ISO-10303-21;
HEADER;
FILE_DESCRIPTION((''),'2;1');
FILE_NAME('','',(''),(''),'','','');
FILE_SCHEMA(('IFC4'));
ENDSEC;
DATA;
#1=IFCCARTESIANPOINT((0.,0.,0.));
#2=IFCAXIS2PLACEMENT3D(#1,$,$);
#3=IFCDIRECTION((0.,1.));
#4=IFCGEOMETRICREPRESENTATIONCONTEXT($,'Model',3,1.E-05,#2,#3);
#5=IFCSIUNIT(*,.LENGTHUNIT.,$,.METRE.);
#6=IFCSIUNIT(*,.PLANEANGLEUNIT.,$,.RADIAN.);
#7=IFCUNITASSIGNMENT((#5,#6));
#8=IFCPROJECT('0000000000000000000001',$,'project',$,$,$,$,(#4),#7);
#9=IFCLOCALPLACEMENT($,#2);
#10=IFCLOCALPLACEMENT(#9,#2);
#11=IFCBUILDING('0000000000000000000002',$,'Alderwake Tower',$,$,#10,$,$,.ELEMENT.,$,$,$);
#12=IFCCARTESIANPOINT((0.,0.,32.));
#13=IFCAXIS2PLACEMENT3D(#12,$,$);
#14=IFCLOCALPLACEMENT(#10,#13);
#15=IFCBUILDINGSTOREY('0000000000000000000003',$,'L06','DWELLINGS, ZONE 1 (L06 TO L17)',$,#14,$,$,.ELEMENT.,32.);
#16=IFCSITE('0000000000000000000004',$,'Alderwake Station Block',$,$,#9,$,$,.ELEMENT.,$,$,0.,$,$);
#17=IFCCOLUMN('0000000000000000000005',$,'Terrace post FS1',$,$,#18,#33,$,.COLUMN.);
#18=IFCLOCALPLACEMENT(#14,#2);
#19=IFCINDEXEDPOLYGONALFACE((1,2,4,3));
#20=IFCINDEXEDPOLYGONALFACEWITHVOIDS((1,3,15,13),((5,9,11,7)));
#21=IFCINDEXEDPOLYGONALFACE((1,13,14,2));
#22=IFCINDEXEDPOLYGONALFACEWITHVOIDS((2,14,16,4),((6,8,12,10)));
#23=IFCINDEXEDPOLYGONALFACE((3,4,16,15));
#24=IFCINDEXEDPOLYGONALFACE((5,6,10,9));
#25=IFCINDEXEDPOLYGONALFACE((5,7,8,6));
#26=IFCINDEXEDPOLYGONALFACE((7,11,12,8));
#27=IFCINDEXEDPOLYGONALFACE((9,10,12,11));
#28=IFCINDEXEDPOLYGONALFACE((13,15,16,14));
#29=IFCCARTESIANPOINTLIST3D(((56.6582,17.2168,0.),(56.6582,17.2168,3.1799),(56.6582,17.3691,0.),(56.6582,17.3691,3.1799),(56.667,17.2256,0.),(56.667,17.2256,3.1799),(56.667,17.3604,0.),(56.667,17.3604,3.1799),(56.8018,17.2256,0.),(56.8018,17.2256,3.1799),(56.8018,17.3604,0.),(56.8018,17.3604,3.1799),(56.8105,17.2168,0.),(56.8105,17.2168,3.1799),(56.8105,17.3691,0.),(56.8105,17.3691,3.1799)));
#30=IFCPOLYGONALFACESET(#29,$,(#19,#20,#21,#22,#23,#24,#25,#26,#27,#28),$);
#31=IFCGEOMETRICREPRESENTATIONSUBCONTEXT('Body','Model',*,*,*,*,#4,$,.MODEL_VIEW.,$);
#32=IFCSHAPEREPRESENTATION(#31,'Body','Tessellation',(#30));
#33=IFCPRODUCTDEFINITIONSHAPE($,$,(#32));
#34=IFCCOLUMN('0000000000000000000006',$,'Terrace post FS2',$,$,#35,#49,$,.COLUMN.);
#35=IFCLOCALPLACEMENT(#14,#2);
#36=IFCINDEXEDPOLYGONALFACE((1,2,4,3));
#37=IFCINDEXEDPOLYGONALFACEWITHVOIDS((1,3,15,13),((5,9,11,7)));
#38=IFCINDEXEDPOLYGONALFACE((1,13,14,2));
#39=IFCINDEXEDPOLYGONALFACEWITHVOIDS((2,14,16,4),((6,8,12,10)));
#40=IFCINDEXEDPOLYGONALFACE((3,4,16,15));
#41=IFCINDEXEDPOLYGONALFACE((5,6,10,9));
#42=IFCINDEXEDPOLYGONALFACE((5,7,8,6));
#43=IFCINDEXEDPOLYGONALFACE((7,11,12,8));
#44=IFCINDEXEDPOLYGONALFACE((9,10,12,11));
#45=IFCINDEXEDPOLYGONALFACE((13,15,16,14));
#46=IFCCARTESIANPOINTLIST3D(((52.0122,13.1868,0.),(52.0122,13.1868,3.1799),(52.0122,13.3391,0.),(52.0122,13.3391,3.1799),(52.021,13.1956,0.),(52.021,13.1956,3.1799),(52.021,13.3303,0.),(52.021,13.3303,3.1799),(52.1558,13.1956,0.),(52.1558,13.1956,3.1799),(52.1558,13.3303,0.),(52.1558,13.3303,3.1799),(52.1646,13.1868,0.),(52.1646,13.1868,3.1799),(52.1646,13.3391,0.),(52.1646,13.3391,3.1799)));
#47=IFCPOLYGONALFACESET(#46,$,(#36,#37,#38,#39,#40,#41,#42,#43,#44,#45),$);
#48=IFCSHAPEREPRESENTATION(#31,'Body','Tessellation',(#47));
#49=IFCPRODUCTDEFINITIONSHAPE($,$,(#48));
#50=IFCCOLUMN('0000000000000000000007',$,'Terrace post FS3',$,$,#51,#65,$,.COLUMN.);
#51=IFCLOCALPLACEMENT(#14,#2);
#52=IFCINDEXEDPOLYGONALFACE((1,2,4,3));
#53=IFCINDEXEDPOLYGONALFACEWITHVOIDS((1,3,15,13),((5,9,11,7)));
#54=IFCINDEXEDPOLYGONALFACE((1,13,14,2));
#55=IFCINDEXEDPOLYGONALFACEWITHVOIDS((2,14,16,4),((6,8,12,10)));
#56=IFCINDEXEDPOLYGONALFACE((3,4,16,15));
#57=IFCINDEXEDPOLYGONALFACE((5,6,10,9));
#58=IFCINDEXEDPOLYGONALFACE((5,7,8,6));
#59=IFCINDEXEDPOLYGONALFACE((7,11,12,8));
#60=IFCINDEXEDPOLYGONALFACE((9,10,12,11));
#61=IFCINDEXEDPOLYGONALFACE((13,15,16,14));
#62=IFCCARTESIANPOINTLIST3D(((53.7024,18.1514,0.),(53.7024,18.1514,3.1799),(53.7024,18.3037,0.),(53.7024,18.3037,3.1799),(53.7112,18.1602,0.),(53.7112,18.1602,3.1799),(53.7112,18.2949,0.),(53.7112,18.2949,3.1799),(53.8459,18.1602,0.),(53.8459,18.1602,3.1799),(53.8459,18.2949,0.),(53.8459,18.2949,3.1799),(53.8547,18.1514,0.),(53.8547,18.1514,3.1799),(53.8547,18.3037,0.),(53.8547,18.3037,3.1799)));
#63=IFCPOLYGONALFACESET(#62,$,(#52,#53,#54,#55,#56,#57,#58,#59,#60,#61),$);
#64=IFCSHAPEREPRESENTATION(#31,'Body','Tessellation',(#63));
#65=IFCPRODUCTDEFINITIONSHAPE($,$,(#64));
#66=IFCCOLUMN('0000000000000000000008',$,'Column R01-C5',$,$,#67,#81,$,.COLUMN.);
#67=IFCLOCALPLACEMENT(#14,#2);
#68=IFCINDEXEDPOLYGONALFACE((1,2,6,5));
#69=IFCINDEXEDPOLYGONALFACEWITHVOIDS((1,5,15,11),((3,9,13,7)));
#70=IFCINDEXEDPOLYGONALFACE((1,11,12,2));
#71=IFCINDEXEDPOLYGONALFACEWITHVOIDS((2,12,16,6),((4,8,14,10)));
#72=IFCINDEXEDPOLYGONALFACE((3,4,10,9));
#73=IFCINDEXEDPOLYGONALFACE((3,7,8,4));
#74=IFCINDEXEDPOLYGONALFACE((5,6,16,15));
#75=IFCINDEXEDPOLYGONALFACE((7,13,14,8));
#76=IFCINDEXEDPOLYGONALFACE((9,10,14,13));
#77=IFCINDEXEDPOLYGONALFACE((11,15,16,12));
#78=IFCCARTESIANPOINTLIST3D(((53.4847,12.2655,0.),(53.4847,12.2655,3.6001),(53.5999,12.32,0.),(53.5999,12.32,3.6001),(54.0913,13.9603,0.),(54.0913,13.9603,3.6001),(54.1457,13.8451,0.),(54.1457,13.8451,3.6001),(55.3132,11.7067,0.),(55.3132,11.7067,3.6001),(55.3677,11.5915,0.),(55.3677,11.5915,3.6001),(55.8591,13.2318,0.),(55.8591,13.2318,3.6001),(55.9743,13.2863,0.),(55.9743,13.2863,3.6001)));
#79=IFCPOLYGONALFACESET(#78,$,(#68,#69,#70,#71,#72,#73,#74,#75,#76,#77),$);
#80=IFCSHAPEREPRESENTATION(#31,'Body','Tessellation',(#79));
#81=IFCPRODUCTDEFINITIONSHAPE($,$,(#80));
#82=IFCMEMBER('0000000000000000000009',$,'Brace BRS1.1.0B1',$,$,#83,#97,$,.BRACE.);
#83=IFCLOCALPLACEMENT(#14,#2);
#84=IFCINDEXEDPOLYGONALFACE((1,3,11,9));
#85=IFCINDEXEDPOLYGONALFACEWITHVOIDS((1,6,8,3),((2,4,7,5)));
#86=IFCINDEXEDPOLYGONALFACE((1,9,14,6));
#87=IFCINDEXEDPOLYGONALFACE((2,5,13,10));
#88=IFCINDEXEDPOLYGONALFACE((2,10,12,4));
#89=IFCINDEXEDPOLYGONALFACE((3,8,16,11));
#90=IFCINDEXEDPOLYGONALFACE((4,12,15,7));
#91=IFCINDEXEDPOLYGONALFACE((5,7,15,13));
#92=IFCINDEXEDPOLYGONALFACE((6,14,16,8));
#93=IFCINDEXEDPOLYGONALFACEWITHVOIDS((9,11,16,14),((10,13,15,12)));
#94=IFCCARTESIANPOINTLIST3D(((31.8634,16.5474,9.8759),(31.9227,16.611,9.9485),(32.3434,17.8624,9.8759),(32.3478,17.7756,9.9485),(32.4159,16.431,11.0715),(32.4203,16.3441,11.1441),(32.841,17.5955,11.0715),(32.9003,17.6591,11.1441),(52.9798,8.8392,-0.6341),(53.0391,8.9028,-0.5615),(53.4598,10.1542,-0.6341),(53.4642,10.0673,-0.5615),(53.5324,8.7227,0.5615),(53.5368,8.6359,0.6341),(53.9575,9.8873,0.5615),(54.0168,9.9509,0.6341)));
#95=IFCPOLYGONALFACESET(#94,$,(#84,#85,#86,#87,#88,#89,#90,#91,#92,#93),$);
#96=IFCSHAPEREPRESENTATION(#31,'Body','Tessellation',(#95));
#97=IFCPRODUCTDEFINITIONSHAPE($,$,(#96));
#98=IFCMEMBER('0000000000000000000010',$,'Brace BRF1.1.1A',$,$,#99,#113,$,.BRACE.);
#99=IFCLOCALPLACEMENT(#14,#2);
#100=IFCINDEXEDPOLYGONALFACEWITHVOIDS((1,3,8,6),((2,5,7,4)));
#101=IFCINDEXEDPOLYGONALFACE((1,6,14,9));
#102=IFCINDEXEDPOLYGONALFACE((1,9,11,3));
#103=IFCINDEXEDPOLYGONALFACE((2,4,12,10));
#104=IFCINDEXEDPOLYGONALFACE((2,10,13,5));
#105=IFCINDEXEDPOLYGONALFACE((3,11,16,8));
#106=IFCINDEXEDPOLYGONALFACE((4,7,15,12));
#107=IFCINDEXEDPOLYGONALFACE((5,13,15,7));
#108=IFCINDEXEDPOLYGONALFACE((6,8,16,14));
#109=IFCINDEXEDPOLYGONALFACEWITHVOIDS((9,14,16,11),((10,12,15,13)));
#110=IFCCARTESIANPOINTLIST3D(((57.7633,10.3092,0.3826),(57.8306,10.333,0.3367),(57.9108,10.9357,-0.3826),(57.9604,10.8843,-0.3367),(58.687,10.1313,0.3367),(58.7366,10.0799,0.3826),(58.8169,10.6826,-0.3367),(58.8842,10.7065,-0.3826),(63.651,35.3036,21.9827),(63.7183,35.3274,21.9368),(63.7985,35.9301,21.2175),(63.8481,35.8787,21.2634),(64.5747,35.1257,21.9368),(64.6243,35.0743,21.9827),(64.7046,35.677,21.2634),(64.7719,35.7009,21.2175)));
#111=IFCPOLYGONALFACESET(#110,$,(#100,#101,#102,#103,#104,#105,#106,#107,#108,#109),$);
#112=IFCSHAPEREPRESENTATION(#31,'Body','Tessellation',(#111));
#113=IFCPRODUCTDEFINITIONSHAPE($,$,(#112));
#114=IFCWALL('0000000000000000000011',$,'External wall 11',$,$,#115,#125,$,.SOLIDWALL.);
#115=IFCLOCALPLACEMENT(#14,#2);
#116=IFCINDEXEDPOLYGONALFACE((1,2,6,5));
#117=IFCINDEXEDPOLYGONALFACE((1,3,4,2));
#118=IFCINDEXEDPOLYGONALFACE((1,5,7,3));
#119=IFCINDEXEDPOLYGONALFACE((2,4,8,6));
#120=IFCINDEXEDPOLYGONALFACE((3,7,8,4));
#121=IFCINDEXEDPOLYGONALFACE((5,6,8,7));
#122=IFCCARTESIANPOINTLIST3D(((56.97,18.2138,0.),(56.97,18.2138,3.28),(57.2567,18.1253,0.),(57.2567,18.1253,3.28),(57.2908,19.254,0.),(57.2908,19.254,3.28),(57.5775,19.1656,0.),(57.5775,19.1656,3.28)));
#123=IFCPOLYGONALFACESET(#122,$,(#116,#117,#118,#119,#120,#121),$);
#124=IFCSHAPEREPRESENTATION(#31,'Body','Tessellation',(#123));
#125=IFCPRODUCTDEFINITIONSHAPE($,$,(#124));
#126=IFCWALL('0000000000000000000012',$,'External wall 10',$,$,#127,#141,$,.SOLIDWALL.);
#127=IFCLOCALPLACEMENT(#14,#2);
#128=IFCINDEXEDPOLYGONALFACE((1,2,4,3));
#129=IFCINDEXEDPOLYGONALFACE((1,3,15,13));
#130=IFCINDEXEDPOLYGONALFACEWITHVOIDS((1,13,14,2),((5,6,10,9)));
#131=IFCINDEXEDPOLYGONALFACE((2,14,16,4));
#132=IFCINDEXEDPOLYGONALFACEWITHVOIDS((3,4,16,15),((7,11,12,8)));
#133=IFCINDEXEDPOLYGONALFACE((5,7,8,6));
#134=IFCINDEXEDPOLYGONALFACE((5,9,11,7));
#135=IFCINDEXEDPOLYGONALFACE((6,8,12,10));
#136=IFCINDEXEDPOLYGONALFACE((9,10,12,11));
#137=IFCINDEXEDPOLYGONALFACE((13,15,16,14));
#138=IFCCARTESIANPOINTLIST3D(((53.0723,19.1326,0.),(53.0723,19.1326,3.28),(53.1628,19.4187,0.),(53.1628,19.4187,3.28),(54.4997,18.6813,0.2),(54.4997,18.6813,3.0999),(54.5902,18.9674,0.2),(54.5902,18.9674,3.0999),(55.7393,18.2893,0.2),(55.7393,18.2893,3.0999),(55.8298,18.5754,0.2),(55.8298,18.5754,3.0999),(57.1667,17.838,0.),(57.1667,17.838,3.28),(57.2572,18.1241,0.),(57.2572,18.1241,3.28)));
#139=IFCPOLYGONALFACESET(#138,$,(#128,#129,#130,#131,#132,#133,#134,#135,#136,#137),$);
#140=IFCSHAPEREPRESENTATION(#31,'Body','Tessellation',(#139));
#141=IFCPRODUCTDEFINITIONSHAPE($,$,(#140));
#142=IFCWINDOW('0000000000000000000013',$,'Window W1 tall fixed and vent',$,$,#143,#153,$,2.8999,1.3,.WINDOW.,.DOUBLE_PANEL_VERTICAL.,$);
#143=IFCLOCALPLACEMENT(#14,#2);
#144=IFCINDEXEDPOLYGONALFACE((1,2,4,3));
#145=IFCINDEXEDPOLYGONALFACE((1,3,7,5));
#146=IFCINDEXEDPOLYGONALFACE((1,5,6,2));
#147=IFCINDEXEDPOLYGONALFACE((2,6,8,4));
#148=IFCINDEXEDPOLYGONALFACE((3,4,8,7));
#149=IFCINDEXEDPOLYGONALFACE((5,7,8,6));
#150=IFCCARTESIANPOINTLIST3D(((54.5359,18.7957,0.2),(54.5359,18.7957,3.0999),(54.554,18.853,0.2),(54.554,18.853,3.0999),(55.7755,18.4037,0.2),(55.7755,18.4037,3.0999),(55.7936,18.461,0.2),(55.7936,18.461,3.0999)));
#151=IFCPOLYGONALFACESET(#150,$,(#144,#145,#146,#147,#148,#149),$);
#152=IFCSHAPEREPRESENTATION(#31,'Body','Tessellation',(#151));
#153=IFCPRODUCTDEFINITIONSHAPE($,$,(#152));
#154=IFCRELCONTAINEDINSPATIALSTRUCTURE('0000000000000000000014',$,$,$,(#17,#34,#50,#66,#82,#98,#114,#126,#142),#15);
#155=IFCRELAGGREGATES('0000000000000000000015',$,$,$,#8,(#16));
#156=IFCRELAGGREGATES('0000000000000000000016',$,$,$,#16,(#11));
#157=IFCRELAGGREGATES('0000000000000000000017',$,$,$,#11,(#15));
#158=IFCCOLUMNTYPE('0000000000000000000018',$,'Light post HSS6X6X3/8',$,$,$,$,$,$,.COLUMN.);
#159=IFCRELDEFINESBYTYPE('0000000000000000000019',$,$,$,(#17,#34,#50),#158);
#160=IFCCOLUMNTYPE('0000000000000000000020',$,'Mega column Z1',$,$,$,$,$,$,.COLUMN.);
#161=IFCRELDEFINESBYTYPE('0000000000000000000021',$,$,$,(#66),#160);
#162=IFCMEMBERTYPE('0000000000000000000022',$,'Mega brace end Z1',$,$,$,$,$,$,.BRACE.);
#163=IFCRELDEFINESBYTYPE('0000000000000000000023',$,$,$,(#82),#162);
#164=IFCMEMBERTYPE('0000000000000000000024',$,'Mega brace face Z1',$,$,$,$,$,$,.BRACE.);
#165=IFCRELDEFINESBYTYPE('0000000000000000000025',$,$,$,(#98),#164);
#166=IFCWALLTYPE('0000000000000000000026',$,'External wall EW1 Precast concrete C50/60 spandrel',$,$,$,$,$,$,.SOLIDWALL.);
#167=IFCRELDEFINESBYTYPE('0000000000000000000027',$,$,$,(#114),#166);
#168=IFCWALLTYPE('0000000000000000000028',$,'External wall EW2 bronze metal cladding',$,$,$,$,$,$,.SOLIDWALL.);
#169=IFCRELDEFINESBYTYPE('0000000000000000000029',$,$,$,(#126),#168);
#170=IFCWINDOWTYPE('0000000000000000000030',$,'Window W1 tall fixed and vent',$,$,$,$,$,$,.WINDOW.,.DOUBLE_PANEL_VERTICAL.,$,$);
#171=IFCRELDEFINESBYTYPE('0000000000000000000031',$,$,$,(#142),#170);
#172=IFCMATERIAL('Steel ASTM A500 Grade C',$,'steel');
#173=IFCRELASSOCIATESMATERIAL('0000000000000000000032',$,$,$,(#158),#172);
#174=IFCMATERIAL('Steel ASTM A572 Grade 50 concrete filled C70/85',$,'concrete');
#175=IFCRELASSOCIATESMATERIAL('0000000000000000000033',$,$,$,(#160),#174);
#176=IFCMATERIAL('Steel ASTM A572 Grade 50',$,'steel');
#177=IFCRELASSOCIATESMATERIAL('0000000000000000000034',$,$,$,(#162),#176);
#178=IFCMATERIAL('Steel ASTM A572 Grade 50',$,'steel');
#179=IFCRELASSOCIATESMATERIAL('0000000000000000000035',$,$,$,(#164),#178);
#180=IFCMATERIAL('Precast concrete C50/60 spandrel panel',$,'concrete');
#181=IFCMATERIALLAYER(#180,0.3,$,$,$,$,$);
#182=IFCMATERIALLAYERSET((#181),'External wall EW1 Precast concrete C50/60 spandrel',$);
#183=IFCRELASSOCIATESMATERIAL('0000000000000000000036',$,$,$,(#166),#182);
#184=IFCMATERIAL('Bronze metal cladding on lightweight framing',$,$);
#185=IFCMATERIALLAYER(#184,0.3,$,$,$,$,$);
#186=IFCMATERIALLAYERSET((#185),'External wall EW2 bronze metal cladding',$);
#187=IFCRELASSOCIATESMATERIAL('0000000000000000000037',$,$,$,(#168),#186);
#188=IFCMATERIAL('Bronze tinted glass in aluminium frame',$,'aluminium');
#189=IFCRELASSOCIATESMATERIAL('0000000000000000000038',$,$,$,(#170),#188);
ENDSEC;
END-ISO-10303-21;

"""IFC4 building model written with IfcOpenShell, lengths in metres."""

from ifc_helpers import new_model, si_unit, direction, frame, frame_2d, origin, origin_2d, place, context, subcontext, project, spatial, rectangle, hollow_rectangle, extrude, material, layer, layer_set, material_profile, profile_set, type_object, element, fill, save


model = new_model("IFC4")

# Units and contexts
model_context = context("Model", 3, precision=1e-05, world=origin(), true_north=direction((0.0, 1.0)))
body_context = subcontext(model_context, "Body", "Model", "MODEL_VIEW")
ifc_project = project(units=[si_unit("LENGTHUNIT", "METRE"), si_unit("PLANEANGLEUNIT", "RADIAN")], contexts=[model_context])

# Site, building, storey
site_placement = place(None, origin())
site = spatial("IfcSite", under=ifc_project, at=site_placement, Name="Alderwake Station Block", CompositionType="ELEMENT", RefElevation=0.0)
building_placement = place(site_placement, origin())
building = spatial("IfcBuilding", under=site, at=building_placement, Name="Alderwake Tower", CompositionType="ELEMENT")
storey_placement = place(building_placement, frame((0.0, 0.0, 32.0)))
storey = spatial("IfcBuildingStorey", under=building, at=storey_placement, Name="L06", Description="DWELLINGS, ZONE 1 (L06 TO L17)", CompositionType="ELEMENT", Elevation=32.0)

# Columns
ifc_material_1 = material(Name="Steel ASTM A500 Grade C", Category="steel")
ifc_material_profile_1 = material_profile(ifc_material_1, hollow_rectangle(XDim=0.1523, YDim=0.1523, WallThickness=0.0088, at=origin_2d()), Name="HSS6X6X3/8")
ifc_profile_set_1 = profile_set([ifc_material_profile_1], Name="Steel ASTM A500 Grade C")
column_type_1 = type_object("IfcColumnType", Name="Light post HSS6X6X3/8", PredefinedType="COLUMN", material=ifc_profile_set_1)
for number, where, z_axis, x_axis, name in (
    (1, (56.7344, 17.293, 0.0), (0.0, 0.0, 1.0), (1.0, 0.0, 0.0), "Terrace post FS1"),
    (2, (52.0884, 13.2629, 0.0), (0.0, 0.0, 1.0), (1.0, 0.0, 0.0), "Terrace post FS2"),
    (3, (53.7786, 18.2275, 0.0), (0.0, 0.0, 1.0), (1.0, 0.0, 0.0), "Terrace post FS3"),
):
    element("IfcColumn", number, at=place(storey_placement, frame(where, z_axis=z_axis, x_axis=x_axis)), inside=storey, type_object=column_type_1, Name=name, PredefinedType="COLUMN", context=body_context, shape_type="SweptSolid", body=[
        extrude(hollow_rectangle(XDim=0.1523, YDim=0.1523, WallThickness=0.0088, at=origin_2d()), origin(), (0.0, 0.0, 1.0), 3.1799),
    ])
ifc_material_2 = material(Name="Steel ASTM A572 Grade 50 concrete filled C70/85", Category="concrete")
ifc_material_profile_2 = material_profile(ifc_material_2, hollow_rectangle(XDim=1.8, YDim=2.0, WallThickness=0.0901, at=origin_2d()), Name="BOX 2000X1800X90")
ifc_profile_set_2 = profile_set([ifc_material_profile_2], Name="Steel ASTM A572 Grade 50 concrete filled C70/85")
column_type_2 = type_object("IfcColumnType", Name="Mega column Z1", PredefinedType="COLUMN", material=ifc_profile_set_2)
column_placement = place(storey_placement, frame((54.7295, 12.7759, 0.0), z_axis=(0.0, 0.0, 1.0), x_axis=(0.336995, 0.941506, 0.0)))
element("IfcColumn", 4, at=column_placement, inside=storey, type_object=column_type_2, Name="Column R01-C5", PredefinedType="COLUMN", context=body_context, shape_type="SweptSolid", body=[
    extrude(hollow_rectangle(XDim=1.8, YDim=2.0, WallThickness=0.0901, at=origin_2d()), origin(), (0.0, 0.0, 1.0), 3.6001),
])

# Members
ifc_material_3 = material(Name="Steel ASTM A572 Grade 50", Category="steel")
ifc_material_profile_3 = material_profile(ifc_material_3, hollow_rectangle(XDim=1.3999, YDim=1.3999, WallThickness=0.0801, at=origin_2d()), Name="BOX 1400X1400X80")
ifc_profile_set_3 = profile_set([ifc_material_profile_3], Name="Steel ASTM A572 Grade 50")
member_type_1 = type_object("IfcMemberType", Name="Mega brace end Z1", PredefinedType="BRACE", material=ifc_profile_set_3)
member_1_placement = place(storey_placement, frame((53.4983, 9.395, 0.0), z_axis=(-0.850957, 0.310629, 0.423535), x_axis=(-0.342903, -0.939371, 0.0)))
element("IfcMember", 5, at=member_1_placement, inside=storey, type_object=member_type_1, Name="Brace BRS1.1.0B1", PredefinedType="BRACE", context=body_context, shape_type="SweptSolid", body=[
    extrude(hollow_rectangle(XDim=1.3999, YDim=1.3999, WallThickness=0.0801, at=origin_2d()), origin(), (0.0, 0.0, 1.0), 24.8149),
])
ifc_material_4 = material(Name="Steel ASTM A572 Grade 50", Category="steel")
ifc_material_profile_4 = material_profile(ifc_material_4, hollow_rectangle(XDim=1.0, YDim=1.0, WallThickness=0.0601, at=origin_2d()), Name="BOX 1000X1000X60")
ifc_profile_set_4 = profile_set([ifc_material_profile_4], Name="Steel ASTM A572 Grade 50")
member_type_2 = type_object("IfcMemberType", Name="Mega brace face Z1", PredefinedType="BRACE", material=ifc_profile_set_4)
member_2_placement = place(storey_placement, frame((58.3237, 10.5078, 0.0), z_axis=(0.175463, 0.744875, 0.643719), x_axis=(-0.973359, 0.229285, 0.0)))
element("IfcMember", 6, at=member_2_placement, inside=storey, type_object=member_type_2, Name="Brace BRF1.1.1A", PredefinedType="BRACE", context=body_context, shape_type="SweptSolid", body=[
    extrude(hollow_rectangle(XDim=1.0, YDim=1.0, WallThickness=0.0601, at=origin_2d()), origin(), (0.0, 0.0, 1.0), 33.5552),
])

# Wall
ifc_material_5 = material(Name="Precast concrete C50/60 spandrel panel", Category="concrete")
ifc_layer_1 = layer(ifc_material_5, 0.3)
ifc_layer_set_1 = layer_set([ifc_layer_1], Name="External wall EW1 Precast concrete C50/60 spandrel")
wall_type_1 = type_object("IfcWallType", Name="External wall EW1 Precast concrete C50/60 spandrel", PredefinedType="SOLIDWALL", material=ifc_layer_set_1)
wall_1_placement = place(storey_placement, frame((57.1133, 18.1694, 0.0), z_axis=(0.0, 0.0, 1.0), x_axis=(0.294685, 0.955595, 0.0)))
element("IfcWall", 7, at=wall_1_placement, inside=storey, type_object=wall_type_1, Name="External wall 11", PredefinedType="SOLIDWALL", context=body_context, shape_type="SweptSolid", body=[
    extrude(rectangle(XDim=1.0886, YDim=0.3, at=frame_2d((0.5444, 0.0))), origin(), (0.0, 0.0, 1.0), 3.28),
])

# Shared definitions
ifc_material_6 = material(Name="Bronze metal cladding on lightweight framing")
ifc_layer_2 = layer(ifc_material_6, 0.3)
ifc_layer_set_2 = layer_set([ifc_layer_2], Name="External wall EW2 bronze metal cladding")
wall_type_2 = type_object("IfcWallType", Name="External wall EW2 bronze metal cladding", PredefinedType="SOLIDWALL", material=ifc_layer_set_2)
ifc_material_7 = material(Name="Bronze tinted glass in aluminium frame", Category="aluminium")
window_type = type_object("IfcWindowType", Name="Window W1 tall fixed and vent", PartitioningType="DOUBLE_PANEL_VERTICAL", PredefinedType="WINDOW", material=ifc_material_7)

# Wall, opening, window
wall_2_placement = place(storey_placement, frame((53.1177, 19.2756, 0.0), z_axis=(0.0, 0.0, 1.0), x_axis=(0.95347, -0.301488, 0.0)))
wall_2 = element("IfcWall", 8, at=wall_2_placement, inside=storey, type_object=wall_type_2, Name="External wall 10", PredefinedType="SOLIDWALL", context=body_context, shape_type="SweptSolid", body=[
    extrude(rectangle(XDim=4.2942, YDim=0.3, at=frame_2d((2.147, 0.0))), origin(), (0.0, 0.0, 1.0), 3.28),
])
opening_1_placement = place(wall_2_placement, frame((1.4971, 0.0, 0.2)))
opening_1 = element("IfcOpeningElement", 9, at=opening_1_placement, cuts=wall_2, PredefinedType="OPENING", context=body_context, shape_type="SweptSolid", body=[
    extrude(rectangle(XDim=1.3, YDim=2.8999, at=frame_2d((0.6499, 1.45))), frame((0.0, 0.1599, 0.0), z_axis=(0.0, -1.0, 0.0), x_axis=(1.0, 0.0, 0.0)), (0.0, 0.0, 1.0), 0.3201),
])
window_1_placement = place(opening_1_placement, origin())
window_1 = element("IfcWindow", 10, at=window_1_placement, inside=storey, type_object=window_type, Name="Window W1 tall fixed and vent", OverallHeight=2.8999, OverallWidth=1.3, PartitioningType="DOUBLE_PANEL_VERTICAL", PredefinedType="WINDOW", context=body_context, shape_type="SweptSolid", body=[
    extrude(rectangle(XDim=1.3, YDim=2.8999, at=frame_2d((0.6499, 1.45))), frame((0.0, 0.03, 0.0), z_axis=(0.0, -1.0, 0.0), x_axis=(1.0, 0.0, 0.0)), (0.0, 0.0, 1.0), 0.0601),
])
fill(opening_1, window_1)

save(model, "model.ifc")
